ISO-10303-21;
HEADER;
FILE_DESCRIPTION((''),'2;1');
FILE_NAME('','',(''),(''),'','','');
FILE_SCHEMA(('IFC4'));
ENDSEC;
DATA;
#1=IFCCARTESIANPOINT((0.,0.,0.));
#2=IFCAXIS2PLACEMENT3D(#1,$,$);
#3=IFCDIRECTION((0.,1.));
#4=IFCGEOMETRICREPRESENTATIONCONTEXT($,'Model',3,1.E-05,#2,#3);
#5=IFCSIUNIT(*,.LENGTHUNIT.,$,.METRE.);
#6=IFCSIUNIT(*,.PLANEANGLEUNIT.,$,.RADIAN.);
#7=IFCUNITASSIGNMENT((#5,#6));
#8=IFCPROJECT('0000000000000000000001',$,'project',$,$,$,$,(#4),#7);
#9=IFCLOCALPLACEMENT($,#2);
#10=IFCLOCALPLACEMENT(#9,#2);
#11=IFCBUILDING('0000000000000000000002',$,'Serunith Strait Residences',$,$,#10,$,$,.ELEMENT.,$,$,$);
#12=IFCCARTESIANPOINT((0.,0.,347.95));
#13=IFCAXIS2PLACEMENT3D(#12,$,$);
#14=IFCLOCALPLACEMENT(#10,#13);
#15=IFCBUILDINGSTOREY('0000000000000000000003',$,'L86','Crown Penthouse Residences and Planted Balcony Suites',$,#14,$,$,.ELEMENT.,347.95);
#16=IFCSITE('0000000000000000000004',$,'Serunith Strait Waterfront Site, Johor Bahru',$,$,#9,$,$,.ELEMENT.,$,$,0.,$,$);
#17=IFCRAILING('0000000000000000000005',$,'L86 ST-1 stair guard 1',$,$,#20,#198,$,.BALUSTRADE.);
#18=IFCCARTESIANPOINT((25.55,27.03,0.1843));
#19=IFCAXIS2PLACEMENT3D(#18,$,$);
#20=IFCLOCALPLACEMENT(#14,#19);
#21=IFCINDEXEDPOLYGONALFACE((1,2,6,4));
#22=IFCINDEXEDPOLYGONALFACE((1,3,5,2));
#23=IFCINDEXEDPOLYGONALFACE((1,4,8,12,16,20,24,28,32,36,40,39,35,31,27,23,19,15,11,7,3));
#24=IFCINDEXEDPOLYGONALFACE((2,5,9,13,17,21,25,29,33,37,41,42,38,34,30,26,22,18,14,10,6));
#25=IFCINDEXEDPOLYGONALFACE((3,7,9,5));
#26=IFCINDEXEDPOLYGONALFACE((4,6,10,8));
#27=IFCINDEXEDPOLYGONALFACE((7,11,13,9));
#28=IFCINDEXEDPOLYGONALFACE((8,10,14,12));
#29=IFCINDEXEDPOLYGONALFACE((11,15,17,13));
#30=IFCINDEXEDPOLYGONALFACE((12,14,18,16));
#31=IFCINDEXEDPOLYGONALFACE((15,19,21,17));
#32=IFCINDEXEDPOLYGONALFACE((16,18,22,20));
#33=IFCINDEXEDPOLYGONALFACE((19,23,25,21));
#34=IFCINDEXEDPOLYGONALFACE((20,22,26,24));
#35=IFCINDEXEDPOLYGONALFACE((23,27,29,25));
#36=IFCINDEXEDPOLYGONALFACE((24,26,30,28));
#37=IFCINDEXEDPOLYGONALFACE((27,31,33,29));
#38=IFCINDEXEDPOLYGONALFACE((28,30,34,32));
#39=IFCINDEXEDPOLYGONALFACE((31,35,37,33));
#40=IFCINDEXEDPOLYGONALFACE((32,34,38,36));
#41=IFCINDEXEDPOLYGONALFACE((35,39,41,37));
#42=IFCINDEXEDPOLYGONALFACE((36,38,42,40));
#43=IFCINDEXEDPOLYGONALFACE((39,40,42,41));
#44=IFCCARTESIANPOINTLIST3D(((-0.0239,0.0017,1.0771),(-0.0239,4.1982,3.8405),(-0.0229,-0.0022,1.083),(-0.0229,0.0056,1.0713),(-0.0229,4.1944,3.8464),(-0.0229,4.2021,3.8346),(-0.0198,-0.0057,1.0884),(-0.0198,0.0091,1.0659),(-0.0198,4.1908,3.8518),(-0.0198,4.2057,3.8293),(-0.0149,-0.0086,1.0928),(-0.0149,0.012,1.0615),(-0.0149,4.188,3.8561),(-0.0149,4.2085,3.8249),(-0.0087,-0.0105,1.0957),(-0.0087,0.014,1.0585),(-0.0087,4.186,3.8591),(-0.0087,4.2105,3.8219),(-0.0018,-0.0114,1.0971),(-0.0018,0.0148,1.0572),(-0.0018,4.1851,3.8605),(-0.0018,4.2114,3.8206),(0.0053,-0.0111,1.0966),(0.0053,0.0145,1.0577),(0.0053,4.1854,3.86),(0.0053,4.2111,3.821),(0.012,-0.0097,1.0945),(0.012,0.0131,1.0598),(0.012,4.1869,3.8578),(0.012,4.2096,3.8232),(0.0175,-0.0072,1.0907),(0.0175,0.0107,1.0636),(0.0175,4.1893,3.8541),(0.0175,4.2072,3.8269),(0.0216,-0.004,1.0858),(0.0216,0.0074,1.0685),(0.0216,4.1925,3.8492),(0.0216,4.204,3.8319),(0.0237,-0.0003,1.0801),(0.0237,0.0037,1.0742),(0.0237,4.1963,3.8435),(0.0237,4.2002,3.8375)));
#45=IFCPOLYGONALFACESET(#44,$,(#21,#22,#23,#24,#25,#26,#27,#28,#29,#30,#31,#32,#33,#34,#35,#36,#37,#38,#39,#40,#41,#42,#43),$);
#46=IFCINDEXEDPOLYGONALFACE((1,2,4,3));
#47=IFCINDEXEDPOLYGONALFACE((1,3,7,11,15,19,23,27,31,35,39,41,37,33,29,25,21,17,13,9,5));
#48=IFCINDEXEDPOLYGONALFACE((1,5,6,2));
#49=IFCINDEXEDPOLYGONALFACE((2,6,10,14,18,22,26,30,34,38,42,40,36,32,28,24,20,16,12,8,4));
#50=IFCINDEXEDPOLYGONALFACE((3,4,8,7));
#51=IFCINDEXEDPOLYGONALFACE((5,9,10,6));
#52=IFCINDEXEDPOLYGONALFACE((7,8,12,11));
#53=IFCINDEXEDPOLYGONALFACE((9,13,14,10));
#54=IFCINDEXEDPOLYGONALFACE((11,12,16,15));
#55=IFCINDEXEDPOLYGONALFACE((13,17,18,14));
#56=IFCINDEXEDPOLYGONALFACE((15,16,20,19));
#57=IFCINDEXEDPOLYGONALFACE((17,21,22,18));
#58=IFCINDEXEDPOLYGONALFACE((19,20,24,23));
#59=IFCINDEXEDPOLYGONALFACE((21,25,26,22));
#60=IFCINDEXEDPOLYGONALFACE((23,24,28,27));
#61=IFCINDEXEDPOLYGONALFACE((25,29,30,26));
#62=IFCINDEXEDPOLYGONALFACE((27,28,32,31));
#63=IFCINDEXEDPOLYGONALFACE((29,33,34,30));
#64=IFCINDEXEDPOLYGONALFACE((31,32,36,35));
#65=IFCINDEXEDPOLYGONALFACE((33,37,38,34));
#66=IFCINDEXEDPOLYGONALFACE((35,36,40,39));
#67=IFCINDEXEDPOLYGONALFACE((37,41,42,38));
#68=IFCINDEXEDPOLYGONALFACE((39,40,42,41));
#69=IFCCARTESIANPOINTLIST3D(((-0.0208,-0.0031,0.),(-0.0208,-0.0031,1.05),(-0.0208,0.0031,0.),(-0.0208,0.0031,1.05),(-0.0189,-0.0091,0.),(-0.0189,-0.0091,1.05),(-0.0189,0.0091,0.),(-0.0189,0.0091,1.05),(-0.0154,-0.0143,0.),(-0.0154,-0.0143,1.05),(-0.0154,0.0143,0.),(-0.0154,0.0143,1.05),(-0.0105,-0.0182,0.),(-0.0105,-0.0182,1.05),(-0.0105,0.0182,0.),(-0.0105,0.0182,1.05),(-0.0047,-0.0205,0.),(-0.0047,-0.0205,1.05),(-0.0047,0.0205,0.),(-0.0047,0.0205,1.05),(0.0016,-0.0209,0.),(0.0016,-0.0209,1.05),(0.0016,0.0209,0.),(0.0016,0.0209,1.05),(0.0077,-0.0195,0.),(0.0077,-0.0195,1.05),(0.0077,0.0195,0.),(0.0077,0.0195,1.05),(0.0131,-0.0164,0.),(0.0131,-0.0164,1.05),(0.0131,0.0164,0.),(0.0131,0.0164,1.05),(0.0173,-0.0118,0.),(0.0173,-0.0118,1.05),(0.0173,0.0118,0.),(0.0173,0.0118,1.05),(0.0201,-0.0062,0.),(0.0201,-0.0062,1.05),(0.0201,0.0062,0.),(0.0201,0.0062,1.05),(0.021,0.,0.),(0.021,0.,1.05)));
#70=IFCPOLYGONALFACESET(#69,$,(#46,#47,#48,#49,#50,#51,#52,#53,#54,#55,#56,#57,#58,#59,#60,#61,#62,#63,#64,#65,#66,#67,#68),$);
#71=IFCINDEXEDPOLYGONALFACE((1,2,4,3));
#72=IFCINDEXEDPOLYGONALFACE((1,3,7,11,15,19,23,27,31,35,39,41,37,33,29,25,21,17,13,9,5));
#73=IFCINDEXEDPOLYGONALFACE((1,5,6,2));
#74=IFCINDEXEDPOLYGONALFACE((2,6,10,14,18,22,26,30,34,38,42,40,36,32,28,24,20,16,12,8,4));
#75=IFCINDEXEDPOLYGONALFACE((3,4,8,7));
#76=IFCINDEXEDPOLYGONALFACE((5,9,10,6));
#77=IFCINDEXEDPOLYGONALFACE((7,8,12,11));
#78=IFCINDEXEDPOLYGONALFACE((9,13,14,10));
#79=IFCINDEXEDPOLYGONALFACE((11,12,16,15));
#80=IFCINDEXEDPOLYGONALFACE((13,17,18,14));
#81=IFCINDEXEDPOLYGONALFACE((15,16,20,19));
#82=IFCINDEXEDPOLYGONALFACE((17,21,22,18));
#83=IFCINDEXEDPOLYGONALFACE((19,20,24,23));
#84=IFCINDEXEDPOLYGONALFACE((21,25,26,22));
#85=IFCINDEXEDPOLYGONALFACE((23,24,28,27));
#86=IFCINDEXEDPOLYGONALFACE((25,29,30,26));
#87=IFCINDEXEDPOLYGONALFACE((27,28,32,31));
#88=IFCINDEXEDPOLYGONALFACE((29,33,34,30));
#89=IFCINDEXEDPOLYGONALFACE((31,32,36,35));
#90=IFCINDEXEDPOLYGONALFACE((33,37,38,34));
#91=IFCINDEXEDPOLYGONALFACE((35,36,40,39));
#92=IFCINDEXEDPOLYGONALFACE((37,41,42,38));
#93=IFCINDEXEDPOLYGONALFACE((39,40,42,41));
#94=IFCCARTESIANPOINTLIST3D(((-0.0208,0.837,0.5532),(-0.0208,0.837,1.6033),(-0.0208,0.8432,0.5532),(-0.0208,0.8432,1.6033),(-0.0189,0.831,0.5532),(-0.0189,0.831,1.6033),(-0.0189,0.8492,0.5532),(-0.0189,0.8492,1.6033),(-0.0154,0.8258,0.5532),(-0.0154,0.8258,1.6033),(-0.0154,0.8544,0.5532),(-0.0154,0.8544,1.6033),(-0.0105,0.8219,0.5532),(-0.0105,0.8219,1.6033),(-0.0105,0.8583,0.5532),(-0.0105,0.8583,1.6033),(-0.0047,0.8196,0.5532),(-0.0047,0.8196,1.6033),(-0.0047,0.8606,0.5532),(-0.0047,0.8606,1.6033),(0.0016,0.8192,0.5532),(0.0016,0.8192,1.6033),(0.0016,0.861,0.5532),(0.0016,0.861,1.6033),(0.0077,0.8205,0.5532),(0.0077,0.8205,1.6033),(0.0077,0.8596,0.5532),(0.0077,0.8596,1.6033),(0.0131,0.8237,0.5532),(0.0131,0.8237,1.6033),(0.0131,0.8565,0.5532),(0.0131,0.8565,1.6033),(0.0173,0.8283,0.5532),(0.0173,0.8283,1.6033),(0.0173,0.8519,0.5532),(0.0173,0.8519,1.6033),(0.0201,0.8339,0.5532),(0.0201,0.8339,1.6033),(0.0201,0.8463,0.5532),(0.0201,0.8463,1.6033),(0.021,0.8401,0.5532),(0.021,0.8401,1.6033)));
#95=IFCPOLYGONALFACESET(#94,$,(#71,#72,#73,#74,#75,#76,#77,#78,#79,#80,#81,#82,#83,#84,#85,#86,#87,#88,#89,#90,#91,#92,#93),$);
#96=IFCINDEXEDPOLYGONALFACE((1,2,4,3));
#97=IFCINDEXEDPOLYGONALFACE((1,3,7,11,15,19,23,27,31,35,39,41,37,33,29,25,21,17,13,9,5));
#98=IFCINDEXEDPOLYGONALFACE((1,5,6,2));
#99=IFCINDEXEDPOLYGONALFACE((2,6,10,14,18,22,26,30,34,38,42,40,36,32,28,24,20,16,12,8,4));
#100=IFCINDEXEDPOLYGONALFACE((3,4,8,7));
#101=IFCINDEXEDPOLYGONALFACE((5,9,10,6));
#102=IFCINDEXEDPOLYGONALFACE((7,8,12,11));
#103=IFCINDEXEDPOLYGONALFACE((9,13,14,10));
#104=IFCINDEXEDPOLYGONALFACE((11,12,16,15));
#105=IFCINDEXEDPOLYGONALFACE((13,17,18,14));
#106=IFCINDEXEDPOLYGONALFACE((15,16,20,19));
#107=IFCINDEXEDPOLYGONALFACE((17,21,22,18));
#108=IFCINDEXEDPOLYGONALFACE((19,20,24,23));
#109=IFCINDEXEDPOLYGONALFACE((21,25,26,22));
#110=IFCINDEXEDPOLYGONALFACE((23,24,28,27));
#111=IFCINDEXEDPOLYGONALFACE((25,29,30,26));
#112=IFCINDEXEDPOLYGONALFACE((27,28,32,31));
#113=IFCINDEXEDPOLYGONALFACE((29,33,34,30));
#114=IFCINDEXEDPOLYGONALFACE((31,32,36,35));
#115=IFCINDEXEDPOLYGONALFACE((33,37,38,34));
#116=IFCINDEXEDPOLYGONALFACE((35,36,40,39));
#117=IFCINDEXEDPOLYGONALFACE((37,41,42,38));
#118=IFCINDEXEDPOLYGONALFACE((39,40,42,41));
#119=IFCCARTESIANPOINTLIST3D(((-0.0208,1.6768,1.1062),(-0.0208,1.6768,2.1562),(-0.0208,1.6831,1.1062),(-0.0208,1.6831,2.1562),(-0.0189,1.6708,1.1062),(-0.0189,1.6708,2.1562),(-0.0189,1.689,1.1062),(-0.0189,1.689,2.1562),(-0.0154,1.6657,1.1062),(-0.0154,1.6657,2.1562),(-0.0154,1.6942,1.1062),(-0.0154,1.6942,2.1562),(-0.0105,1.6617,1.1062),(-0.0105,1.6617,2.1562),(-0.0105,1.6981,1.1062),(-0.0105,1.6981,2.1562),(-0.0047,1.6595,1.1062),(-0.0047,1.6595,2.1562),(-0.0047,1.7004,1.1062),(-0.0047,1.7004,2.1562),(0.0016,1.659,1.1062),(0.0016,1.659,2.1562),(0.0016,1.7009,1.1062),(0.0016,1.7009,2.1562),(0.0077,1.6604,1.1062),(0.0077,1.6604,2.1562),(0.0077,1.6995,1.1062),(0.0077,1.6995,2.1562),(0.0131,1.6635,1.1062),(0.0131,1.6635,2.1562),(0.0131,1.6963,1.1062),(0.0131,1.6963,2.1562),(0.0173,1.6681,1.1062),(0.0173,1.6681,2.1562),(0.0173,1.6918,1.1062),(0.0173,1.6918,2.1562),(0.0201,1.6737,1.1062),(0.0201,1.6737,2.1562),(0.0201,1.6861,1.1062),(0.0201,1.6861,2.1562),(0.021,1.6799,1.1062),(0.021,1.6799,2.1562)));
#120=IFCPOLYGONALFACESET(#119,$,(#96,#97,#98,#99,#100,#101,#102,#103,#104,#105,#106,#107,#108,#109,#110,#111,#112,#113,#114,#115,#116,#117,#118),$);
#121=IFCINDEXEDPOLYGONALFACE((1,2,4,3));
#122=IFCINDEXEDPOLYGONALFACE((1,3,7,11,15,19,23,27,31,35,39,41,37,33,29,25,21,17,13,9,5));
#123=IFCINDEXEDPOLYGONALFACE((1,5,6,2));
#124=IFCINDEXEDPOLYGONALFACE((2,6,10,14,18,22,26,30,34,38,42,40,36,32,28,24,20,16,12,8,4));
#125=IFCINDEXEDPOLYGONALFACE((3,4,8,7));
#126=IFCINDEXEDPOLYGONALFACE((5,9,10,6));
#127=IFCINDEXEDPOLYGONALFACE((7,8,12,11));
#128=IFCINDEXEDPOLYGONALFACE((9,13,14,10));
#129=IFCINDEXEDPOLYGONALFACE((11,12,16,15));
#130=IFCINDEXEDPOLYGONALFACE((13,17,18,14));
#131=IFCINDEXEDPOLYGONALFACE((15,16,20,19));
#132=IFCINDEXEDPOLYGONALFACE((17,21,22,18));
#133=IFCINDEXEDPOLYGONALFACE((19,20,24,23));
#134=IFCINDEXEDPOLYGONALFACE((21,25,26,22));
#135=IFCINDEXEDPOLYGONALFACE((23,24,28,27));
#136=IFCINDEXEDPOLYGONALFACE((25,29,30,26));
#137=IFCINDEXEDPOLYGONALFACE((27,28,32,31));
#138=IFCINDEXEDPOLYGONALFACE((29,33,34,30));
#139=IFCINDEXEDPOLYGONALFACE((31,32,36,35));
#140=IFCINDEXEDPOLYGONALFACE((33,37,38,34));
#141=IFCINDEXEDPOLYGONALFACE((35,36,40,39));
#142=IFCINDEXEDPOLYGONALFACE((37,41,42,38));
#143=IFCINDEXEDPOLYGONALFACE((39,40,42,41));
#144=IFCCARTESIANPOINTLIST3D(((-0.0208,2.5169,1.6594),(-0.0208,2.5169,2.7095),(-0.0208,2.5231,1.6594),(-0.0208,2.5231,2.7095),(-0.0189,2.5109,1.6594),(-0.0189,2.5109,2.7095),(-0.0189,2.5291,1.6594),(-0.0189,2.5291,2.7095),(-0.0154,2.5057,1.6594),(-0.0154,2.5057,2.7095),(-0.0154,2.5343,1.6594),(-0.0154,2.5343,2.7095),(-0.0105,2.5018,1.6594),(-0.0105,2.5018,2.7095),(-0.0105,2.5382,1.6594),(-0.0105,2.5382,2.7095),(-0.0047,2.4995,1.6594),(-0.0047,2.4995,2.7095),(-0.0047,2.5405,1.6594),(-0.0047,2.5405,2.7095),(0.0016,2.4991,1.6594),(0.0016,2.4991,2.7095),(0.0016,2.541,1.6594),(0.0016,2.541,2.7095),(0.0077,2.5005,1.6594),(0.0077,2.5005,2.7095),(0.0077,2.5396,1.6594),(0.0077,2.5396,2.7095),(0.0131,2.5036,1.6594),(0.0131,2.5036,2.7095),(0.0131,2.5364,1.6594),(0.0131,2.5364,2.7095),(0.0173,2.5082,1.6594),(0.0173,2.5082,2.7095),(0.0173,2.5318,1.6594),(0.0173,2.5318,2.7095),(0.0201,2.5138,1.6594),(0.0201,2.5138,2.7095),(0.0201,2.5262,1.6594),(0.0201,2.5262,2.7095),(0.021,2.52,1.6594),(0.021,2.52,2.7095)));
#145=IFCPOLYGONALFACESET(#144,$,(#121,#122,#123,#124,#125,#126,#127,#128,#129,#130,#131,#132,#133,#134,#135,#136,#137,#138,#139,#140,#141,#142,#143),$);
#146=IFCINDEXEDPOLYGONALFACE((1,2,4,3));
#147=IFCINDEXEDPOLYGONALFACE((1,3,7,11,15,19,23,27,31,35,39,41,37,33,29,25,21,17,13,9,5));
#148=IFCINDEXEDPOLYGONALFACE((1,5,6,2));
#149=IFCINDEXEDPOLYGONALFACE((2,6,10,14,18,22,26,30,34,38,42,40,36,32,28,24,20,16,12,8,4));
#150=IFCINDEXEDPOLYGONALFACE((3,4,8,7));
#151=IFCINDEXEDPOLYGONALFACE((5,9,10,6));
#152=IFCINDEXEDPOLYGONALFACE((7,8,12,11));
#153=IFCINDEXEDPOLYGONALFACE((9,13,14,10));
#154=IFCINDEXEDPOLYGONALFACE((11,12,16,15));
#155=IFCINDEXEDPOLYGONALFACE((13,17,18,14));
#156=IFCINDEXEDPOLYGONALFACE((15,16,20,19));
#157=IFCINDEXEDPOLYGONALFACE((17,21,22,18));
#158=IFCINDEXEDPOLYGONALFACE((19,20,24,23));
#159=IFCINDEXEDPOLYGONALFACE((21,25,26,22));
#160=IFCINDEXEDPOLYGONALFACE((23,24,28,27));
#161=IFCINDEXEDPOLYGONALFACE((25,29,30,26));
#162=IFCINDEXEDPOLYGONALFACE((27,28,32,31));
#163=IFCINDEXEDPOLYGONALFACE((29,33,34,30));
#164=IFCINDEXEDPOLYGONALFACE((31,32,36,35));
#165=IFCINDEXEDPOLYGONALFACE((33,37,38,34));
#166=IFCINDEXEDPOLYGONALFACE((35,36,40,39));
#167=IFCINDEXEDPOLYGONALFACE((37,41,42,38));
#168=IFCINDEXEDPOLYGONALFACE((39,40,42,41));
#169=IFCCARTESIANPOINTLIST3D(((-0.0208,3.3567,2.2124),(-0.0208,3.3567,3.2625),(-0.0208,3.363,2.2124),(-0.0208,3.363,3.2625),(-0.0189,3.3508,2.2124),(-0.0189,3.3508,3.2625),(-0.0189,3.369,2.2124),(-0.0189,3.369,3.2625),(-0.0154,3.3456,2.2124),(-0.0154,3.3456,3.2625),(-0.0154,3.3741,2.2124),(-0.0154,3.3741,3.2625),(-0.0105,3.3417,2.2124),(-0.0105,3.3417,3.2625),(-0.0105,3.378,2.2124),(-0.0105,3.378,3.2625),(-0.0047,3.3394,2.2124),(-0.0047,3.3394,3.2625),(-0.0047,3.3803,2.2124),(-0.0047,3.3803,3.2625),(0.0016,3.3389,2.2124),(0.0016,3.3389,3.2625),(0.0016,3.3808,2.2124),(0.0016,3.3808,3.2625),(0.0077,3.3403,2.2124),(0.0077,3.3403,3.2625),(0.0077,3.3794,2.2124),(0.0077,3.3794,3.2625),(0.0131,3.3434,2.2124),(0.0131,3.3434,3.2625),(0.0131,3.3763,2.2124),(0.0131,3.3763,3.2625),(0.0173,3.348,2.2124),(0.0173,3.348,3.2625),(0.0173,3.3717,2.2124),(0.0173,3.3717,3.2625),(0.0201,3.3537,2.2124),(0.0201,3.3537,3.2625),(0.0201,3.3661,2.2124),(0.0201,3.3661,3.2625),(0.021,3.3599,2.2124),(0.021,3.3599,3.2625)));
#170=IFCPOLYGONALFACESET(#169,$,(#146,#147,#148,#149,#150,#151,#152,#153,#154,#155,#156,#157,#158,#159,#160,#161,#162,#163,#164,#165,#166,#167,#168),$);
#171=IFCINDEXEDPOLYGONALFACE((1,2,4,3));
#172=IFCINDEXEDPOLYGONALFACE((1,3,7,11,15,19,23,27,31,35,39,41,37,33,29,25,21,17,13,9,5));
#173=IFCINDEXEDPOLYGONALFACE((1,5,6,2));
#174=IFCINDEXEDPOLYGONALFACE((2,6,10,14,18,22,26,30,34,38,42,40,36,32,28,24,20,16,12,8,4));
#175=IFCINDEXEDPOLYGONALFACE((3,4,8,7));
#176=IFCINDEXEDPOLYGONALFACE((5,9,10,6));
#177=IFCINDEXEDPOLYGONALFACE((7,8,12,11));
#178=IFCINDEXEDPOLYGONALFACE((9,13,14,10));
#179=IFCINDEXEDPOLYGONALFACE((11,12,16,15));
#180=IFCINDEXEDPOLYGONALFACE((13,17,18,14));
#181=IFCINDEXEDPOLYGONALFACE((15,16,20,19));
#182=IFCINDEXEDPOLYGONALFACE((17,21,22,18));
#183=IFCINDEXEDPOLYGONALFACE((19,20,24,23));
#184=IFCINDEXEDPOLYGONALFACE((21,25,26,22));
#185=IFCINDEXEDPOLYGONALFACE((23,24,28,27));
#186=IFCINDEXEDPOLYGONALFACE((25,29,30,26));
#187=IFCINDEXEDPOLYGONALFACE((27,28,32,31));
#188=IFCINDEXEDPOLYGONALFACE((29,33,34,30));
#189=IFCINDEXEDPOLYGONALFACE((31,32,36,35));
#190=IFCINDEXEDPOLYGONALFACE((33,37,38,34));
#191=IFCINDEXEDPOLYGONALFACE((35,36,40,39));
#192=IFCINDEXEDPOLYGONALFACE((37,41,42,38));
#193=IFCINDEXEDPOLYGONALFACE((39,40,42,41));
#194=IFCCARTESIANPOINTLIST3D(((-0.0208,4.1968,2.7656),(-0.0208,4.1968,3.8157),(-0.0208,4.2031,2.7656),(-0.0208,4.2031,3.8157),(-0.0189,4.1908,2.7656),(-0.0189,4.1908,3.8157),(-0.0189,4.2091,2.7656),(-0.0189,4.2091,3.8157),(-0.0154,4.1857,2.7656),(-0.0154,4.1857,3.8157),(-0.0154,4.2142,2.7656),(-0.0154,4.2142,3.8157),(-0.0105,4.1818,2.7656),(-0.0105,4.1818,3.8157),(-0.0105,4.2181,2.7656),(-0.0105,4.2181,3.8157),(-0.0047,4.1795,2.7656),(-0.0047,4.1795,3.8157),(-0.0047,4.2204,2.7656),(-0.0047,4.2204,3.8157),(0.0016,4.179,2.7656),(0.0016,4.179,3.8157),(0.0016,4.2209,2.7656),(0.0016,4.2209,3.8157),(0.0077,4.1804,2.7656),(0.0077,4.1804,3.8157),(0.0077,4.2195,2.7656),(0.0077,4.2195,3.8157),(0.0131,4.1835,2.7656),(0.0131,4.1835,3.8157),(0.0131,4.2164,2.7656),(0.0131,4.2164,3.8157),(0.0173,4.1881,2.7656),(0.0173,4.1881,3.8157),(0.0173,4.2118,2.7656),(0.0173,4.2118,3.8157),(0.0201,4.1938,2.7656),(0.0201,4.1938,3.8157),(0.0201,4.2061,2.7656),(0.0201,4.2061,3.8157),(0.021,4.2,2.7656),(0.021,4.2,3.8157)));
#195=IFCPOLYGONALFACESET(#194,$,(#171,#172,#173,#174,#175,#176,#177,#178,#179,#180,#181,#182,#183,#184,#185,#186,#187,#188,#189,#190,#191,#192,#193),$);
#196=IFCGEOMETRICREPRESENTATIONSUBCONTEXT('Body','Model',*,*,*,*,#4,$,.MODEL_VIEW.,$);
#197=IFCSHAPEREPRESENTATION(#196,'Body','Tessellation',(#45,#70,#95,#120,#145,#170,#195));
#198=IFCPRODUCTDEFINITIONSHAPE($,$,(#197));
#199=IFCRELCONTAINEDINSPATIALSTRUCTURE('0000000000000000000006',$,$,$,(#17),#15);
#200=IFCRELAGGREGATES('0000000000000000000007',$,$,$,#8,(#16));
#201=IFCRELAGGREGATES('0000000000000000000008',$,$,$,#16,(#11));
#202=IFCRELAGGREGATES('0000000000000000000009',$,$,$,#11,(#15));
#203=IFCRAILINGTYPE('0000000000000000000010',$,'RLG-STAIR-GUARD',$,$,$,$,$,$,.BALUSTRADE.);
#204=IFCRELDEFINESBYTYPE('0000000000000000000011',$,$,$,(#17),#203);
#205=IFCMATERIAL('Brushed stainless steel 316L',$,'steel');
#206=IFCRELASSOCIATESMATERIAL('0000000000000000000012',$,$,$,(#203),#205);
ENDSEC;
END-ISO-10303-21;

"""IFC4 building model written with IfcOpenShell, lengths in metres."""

from ifc_helpers import new_model, si_unit, direction, frame, origin, origin_2d, place, context, subcontext, project, spatial, circle, extrude, material, type_object, element, save


model = new_model("IFC4")

# Units and contexts
model_context = context("Model", 3, precision=1e-05, world=origin(), true_north=direction((0.0, 1.0)))
body_context = subcontext(model_context, "Body", "Model", "MODEL_VIEW")
ifc_project = project(units=[si_unit("LENGTHUNIT", "METRE"), si_unit("PLANEANGLEUNIT", "RADIAN")], contexts=[model_context])

# Site, building, storey
site_placement = place(None, origin())
site = spatial("IfcSite", under=ifc_project, at=site_placement, Name="Serunith Strait Waterfront Site, Johor Bahru", CompositionType="ELEMENT", RefElevation=0.0)
building_placement = place(site_placement, origin())
building = spatial("IfcBuilding", under=site, at=building_placement, Name="Serunith Strait Residences", CompositionType="ELEMENT")
storey_placement = place(building_placement, frame((0.0, 0.0, 347.95)))
storey = spatial("IfcBuildingStorey", under=building, at=storey_placement, Name="L86", Description="Crown Penthouse Residences and Planted Balcony Suites", CompositionType="ELEMENT", Elevation=347.95)

# Railing
ifc_material_1 = material(Name="Brushed stainless steel 316L", Category="steel")
railing_type_1 = type_object("IfcRailingType", Name="RLG-STAIR-GUARD", PredefinedType="BALUSTRADE", material=ifc_material_1)
railing_1_placement = place(storey_placement, frame((25.55, 27.03, 0.1843)))
element("IfcRailing", 1, at=railing_1_placement, inside=storey, type_object=railing_type_1, Name="L86 ST-1 stair guard 1", PredefinedType="BALUSTRADE", context=body_context, shape_type="SweptSolid", body=[
    extrude(circle(Radius=0.0239, at=origin_2d()), frame((0.0, 0.0017, 1.0771), z_axis=(0.0, 0.835189, 0.549963), x_axis=(-1.0, 0.0, 0.0)), (0.0, 0.0, 1.0), 5.0247),
    extrude(circle(Radius=0.021, at=origin_2d()), origin(), (0.0, 0.0, 1.0), 1.05),
    extrude(circle(Radius=0.021, at=origin_2d()), frame((0.0, 0.8401, 0.5532)), (0.0, 0.0, 1.0), 1.05),
    extrude(circle(Radius=0.021, at=origin_2d()), frame((0.0, 1.6799, 1.1062)), (0.0, 0.0, 1.0), 1.05),
    extrude(circle(Radius=0.021, at=origin_2d()), frame((0.0, 2.52, 1.6594)), (0.0, 0.0, 1.0), 1.05),
    extrude(circle(Radius=0.021, at=origin_2d()), frame((0.0, 3.3599, 2.2124)), (0.0, 0.0, 1.0), 1.05),
    extrude(circle(Radius=0.021, at=origin_2d()), frame((0.0, 4.2, 2.7656)), (0.0, 0.0, 1.0), 1.05),
])

save(model, "model.ifc")
